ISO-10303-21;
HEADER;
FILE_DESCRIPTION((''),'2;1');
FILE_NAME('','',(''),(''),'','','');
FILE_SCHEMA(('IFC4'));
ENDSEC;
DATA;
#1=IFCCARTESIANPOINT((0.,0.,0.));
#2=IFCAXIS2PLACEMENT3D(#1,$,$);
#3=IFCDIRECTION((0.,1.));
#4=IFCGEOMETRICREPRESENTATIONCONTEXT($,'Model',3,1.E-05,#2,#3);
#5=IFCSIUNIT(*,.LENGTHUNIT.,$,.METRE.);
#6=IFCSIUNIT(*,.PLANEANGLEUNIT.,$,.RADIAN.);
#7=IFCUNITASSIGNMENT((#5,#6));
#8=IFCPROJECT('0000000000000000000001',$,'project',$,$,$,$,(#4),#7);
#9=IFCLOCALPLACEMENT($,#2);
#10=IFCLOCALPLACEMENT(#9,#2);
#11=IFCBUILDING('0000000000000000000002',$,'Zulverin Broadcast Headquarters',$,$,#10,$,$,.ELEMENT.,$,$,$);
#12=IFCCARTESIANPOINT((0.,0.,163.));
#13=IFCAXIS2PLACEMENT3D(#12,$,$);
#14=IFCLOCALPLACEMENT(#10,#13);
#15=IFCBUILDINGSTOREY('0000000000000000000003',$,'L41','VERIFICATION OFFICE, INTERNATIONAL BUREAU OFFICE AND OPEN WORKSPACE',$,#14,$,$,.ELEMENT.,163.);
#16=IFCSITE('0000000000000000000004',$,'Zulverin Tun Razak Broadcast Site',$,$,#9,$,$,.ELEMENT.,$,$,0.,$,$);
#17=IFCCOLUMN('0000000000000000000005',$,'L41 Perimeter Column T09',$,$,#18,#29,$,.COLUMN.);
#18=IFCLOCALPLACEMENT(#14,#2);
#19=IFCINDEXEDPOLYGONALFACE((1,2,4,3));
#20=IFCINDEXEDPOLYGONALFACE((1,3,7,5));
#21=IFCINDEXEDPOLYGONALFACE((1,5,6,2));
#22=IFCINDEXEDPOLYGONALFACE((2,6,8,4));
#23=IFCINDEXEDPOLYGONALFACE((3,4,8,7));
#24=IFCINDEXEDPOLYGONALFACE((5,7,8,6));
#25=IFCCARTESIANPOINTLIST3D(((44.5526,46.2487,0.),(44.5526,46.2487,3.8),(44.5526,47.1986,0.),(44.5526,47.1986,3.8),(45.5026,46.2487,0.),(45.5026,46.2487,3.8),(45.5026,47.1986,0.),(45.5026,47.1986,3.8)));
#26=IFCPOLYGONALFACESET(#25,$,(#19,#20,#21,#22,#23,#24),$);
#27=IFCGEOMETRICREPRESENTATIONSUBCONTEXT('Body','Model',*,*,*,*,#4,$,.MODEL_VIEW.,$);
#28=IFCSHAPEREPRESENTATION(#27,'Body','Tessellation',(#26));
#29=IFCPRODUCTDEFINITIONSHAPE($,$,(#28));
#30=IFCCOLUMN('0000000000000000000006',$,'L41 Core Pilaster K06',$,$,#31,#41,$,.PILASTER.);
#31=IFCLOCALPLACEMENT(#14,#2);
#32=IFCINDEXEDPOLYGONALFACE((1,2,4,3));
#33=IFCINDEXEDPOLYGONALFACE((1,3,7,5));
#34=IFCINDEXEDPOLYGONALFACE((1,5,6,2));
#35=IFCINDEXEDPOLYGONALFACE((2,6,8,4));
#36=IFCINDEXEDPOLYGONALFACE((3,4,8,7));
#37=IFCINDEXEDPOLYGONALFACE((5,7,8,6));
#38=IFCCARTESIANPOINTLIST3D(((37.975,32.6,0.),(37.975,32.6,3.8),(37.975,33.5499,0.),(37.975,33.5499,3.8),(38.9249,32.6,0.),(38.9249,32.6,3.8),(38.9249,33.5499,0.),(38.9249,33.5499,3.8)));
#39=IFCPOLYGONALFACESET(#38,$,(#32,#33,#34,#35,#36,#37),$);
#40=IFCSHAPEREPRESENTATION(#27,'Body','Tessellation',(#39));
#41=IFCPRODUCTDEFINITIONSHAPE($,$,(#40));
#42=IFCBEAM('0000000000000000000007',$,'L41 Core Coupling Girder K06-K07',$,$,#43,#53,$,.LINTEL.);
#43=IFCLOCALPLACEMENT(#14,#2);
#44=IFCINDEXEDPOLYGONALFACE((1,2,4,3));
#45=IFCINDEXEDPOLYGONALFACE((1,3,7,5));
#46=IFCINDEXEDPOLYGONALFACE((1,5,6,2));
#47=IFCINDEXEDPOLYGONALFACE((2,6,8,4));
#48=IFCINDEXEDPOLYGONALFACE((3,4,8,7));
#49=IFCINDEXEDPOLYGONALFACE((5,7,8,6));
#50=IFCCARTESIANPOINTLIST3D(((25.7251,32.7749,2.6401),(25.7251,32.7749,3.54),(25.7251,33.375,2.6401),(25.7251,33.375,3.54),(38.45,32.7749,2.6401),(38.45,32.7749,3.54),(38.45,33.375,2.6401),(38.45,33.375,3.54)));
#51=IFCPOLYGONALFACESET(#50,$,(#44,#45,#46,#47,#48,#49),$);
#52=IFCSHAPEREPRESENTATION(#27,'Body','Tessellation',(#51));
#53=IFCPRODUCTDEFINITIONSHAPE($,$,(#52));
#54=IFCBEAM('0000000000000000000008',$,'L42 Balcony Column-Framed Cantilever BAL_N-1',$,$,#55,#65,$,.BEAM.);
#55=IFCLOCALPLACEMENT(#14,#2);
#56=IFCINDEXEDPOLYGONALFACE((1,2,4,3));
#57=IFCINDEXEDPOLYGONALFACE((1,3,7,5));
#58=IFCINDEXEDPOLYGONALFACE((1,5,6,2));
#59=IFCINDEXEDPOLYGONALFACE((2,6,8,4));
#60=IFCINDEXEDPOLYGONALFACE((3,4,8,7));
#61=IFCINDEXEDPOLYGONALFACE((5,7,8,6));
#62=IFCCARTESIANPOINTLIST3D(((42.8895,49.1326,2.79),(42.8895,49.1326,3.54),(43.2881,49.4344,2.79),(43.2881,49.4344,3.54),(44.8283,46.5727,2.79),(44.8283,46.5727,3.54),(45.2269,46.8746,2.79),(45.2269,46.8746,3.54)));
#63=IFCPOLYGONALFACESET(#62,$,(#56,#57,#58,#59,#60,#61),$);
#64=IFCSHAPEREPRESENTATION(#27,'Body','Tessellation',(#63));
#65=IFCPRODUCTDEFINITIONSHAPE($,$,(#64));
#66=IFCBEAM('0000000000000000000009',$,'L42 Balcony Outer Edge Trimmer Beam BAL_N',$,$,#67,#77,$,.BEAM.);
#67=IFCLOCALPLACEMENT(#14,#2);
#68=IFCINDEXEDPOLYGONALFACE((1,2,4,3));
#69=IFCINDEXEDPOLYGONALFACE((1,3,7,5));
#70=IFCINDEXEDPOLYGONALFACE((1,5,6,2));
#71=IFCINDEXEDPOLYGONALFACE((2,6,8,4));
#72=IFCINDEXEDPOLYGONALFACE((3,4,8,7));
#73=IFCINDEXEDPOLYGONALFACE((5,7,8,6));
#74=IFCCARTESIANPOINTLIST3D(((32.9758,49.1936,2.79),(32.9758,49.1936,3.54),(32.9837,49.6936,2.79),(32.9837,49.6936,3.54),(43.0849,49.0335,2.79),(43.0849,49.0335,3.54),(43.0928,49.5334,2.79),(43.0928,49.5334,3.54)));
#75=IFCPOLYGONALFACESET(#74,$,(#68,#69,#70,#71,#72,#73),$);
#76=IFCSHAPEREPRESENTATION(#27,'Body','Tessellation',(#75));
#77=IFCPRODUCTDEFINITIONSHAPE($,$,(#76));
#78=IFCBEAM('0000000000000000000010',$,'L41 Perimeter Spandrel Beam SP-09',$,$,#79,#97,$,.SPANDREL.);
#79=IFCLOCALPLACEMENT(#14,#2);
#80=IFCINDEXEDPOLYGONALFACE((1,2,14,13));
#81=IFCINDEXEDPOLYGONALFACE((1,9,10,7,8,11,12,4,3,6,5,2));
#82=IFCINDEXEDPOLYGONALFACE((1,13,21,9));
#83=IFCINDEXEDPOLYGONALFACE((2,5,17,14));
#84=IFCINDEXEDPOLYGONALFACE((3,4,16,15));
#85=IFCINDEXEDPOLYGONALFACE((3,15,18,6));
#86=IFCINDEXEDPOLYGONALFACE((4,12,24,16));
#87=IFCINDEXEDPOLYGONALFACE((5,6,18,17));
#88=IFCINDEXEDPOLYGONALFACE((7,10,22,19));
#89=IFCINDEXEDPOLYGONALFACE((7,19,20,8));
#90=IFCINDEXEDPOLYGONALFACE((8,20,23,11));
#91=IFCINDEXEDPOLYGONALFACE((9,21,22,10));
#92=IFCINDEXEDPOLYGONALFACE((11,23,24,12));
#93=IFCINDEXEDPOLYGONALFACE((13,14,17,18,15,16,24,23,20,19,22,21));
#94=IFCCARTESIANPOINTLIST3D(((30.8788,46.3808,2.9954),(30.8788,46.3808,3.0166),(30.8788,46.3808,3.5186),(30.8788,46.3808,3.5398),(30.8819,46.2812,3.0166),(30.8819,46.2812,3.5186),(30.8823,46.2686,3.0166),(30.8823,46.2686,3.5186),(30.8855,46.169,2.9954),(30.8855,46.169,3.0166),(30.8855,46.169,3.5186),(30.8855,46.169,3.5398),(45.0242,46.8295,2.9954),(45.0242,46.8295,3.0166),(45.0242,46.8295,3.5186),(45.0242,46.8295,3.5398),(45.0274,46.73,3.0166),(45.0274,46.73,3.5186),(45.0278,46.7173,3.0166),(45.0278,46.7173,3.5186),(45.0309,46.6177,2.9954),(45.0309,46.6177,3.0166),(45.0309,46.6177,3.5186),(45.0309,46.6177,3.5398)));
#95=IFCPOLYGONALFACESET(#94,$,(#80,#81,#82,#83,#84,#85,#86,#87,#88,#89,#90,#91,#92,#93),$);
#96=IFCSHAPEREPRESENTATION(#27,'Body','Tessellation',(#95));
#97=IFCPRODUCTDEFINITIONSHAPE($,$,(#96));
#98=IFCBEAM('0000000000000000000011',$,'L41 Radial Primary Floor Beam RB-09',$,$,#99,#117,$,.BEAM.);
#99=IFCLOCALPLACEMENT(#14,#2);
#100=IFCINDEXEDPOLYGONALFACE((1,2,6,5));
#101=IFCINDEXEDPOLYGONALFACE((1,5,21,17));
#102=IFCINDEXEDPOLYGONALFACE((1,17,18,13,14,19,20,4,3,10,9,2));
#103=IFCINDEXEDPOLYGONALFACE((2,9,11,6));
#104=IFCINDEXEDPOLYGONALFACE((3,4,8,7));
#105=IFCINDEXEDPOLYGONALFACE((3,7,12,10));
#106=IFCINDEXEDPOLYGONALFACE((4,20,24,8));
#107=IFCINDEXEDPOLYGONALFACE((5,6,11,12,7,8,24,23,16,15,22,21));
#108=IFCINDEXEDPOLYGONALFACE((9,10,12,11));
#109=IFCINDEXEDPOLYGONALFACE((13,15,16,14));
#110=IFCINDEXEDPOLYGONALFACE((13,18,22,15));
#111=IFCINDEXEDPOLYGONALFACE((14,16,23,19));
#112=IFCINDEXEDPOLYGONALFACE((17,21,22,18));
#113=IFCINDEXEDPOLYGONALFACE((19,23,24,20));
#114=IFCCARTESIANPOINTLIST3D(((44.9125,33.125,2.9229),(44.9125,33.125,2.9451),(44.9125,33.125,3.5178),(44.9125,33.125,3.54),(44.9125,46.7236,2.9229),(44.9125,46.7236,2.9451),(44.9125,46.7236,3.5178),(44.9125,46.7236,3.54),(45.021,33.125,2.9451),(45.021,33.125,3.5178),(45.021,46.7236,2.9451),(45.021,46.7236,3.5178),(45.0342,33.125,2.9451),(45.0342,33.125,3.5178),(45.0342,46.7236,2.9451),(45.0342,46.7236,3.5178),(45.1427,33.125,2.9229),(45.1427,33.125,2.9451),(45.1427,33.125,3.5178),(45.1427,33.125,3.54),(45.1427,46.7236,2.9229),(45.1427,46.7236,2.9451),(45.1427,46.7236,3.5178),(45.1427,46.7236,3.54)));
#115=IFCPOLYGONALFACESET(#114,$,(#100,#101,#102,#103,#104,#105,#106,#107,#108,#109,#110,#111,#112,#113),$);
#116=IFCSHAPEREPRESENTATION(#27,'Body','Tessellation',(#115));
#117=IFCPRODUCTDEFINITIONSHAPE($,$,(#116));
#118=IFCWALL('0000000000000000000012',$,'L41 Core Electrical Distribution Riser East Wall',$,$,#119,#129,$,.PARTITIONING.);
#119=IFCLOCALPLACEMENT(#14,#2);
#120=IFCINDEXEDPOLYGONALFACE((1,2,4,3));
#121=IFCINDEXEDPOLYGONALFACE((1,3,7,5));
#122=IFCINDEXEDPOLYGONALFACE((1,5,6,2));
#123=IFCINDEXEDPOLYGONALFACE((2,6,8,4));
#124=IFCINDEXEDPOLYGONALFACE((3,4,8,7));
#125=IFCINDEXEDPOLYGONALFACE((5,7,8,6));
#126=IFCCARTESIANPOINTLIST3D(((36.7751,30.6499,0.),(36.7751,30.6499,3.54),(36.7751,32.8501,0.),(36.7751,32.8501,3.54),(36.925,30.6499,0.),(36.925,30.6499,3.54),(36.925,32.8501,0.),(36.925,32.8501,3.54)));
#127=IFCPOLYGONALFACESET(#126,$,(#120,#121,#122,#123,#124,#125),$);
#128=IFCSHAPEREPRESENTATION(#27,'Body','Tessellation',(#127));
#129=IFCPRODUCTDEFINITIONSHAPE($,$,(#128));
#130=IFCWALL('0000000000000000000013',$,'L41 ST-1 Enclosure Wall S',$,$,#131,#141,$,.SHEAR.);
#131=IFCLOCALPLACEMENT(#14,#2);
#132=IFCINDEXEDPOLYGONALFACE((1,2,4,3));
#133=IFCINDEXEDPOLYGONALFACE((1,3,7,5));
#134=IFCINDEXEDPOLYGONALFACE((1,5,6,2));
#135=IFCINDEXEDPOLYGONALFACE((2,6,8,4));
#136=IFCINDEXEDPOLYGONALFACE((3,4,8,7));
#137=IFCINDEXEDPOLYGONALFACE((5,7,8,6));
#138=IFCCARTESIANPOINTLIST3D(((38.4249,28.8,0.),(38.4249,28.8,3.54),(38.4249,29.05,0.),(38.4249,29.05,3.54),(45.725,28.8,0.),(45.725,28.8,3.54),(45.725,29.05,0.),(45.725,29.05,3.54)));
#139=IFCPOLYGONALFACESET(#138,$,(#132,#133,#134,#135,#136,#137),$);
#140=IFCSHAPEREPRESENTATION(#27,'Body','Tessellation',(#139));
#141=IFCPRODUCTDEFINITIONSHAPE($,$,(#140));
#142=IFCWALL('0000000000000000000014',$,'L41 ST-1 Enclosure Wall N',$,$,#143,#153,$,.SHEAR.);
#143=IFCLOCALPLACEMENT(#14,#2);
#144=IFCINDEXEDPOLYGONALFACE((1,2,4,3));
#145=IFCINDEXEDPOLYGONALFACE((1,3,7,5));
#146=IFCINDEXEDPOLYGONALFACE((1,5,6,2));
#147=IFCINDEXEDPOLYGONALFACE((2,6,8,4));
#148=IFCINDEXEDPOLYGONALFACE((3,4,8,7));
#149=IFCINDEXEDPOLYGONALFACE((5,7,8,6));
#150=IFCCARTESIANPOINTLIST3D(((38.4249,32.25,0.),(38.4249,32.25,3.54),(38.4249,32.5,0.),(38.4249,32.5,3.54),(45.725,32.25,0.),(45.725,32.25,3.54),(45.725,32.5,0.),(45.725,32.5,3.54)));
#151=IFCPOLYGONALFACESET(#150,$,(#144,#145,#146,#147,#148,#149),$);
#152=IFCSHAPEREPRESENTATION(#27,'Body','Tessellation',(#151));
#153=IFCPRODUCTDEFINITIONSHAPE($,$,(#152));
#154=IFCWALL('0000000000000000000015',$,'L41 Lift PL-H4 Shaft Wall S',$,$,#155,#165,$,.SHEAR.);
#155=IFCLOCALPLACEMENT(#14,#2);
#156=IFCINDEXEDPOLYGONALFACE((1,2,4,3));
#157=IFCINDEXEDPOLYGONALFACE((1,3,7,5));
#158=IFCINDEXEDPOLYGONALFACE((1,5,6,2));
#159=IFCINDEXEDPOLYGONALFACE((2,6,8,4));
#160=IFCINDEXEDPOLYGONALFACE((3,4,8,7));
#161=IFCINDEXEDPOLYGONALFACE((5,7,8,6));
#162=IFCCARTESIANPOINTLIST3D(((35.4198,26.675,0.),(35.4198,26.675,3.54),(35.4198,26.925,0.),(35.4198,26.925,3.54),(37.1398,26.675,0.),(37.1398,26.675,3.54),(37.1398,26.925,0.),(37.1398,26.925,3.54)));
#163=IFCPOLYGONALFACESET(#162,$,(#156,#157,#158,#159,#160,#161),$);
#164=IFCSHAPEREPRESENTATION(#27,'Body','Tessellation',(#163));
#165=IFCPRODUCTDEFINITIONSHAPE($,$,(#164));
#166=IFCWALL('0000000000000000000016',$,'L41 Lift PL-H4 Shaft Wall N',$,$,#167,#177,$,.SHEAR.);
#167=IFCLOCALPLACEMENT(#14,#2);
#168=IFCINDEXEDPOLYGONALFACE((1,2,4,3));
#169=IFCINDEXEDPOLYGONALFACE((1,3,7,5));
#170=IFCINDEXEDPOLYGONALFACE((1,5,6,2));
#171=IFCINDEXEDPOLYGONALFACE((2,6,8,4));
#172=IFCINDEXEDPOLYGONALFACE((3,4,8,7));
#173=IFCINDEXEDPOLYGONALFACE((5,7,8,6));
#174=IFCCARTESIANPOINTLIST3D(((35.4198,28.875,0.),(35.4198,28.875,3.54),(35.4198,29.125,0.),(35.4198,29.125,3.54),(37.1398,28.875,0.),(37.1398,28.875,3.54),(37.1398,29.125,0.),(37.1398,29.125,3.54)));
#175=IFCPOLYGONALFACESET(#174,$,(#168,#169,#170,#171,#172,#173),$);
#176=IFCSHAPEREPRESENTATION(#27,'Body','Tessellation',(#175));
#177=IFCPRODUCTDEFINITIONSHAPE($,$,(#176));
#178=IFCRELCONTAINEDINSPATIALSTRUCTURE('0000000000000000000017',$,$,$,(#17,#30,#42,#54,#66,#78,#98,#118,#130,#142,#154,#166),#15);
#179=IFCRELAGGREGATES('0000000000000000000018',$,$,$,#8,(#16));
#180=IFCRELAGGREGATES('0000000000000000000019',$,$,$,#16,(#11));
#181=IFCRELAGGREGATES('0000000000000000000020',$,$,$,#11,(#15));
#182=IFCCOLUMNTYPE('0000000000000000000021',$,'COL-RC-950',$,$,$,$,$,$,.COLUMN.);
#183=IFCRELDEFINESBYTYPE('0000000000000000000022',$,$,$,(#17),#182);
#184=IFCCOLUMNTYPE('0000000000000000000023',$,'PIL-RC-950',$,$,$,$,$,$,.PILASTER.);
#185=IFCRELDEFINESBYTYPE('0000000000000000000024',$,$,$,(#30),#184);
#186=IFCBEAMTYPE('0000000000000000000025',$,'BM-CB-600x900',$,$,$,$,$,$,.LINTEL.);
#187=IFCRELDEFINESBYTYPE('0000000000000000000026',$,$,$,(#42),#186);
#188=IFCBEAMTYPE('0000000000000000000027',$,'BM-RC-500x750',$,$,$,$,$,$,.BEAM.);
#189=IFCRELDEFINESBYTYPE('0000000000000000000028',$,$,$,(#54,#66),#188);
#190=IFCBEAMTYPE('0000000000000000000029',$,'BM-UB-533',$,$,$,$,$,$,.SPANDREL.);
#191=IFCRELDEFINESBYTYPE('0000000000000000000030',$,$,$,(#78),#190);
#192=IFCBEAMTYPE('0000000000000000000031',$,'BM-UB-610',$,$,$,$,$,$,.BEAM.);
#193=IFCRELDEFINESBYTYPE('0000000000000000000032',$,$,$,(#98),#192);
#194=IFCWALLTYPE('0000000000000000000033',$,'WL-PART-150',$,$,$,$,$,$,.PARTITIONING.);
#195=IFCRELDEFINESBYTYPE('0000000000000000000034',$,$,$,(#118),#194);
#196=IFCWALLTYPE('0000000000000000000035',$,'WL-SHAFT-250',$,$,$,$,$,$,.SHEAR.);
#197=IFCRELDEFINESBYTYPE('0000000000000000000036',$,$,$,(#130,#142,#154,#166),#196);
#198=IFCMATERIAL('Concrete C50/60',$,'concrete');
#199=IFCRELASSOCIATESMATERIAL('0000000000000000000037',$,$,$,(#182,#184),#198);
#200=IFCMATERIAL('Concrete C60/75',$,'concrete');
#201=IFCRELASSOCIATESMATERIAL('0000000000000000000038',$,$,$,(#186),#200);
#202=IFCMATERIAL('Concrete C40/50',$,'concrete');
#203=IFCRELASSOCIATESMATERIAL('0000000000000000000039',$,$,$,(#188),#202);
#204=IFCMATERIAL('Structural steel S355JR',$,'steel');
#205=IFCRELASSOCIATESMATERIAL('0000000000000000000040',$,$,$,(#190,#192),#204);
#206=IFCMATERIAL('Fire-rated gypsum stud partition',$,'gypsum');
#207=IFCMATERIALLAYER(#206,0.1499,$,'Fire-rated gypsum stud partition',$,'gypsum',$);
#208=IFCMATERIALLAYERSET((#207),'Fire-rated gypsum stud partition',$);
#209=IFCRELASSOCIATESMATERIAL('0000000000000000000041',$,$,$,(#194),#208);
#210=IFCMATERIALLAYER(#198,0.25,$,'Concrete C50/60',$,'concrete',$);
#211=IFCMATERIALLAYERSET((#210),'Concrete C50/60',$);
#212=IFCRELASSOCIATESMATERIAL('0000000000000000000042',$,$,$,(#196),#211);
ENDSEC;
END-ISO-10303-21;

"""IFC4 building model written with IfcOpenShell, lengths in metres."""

from ifc_helpers import new_model, si_unit, direction, frame, frame_2d, origin, origin_2d, place, context, subcontext, project, spatial, rectangle, i_section, extrude, material, layer, layer_set, material_profile, profile_set, type_object, element, save


model = new_model("IFC4")

# Units and contexts
model_context = context("Model", 3, precision=1e-05, world=origin(), true_north=direction((0.0, 1.0)))
body_context = subcontext(model_context, "Body", "Model", "MODEL_VIEW")
ifc_project = project(units=[si_unit("LENGTHUNIT", "METRE"), si_unit("PLANEANGLEUNIT", "RADIAN")], contexts=[model_context])

# Site, building, storey
site_placement = place(None, origin())
site = spatial("IfcSite", under=ifc_project, at=site_placement, Name="Zulverin Tun Razak Broadcast Site", CompositionType="ELEMENT", RefElevation=0.0)
building_placement = place(site_placement, origin())
building = spatial("IfcBuilding", under=site, at=building_placement, Name="Zulverin Broadcast Headquarters", CompositionType="ELEMENT")
storey_placement = place(building_placement, frame((0.0, 0.0, 163.0)))
storey = spatial("IfcBuildingStorey", under=building, at=storey_placement, Name="L41", Description="VERIFICATION OFFICE, INTERNATIONAL BUREAU OFFICE AND OPEN WORKSPACE", CompositionType="ELEMENT", Elevation=163.0)

# Columns
ifc_material_1 = material(Name="Concrete C50/60", Category="concrete")
ifc_material_profile_1 = material_profile(ifc_material_1, rectangle(XDim=0.95, YDim=0.95, at=origin_2d()), Name="Concrete C50/60", Category="concrete")
ifc_profile_set_1 = profile_set([ifc_material_profile_1], Name="Concrete C50/60")
column_type_1 = type_object("IfcColumnType", Name="COL-RC-950", PredefinedType="COLUMN", material=ifc_profile_set_1)
column_1_placement = place(storey_placement, frame((45.0276, 46.7236, 0.0), z_axis=(0.0, 0.0, 1.0), x_axis=(1.0, 0.0, 0.0)))
element("IfcColumn", 1, at=column_1_placement, inside=storey, type_object=column_type_1, Name="L41 Perimeter Column T09", PredefinedType="COLUMN", context=body_context, shape_type="SweptSolid", body=[
    extrude(rectangle(XDim=0.95, YDim=0.95, at=origin_2d()), origin(), (0.0, 0.0, 1.0), 3.8),
])
ifc_material_profile_2 = material_profile(ifc_material_1, rectangle(XDim=0.95, YDim=0.95, at=origin_2d()), Name="Concrete C50/60", Category="concrete")
ifc_profile_set_2 = profile_set([ifc_material_profile_2], Name="Concrete C50/60")
column_type_2 = type_object("IfcColumnType", Name="PIL-RC-950", PredefinedType="PILASTER", material=ifc_profile_set_2)
column_2_placement = place(storey_placement, frame((38.45, 33.075, 0.0), z_axis=(0.0, 0.0, 1.0), x_axis=(1.0, 0.0, 0.0)))
element("IfcColumn", 2, at=column_2_placement, inside=storey, type_object=column_type_2, Name="L41 Core Pilaster K06", PredefinedType="PILASTER", context=body_context, shape_type="SweptSolid", body=[
    extrude(rectangle(XDim=0.95, YDim=0.95, at=origin_2d()), origin(), (0.0, 0.0, 1.0), 3.8),
])

# Beams
ifc_material_2 = material(Name="Concrete C60/75", Category="concrete")
ifc_material_profile_3 = material_profile(ifc_material_2, rectangle(XDim=0.6001, YDim=0.8999, at=origin_2d()), Name="Concrete C60/75", Category="concrete")
ifc_profile_set_3 = profile_set([ifc_material_profile_3], Name="Concrete C60/75")
beam_type_1 = type_object("IfcBeamType", Name="BM-CB-600x900", PredefinedType="LINTEL", material=ifc_profile_set_3)
beam_1_placement = place(storey_placement, frame((38.45, 33.075, 3.0901), z_axis=(-1.0, 0.0, 0.0), x_axis=(0.0, -1.0, 0.0)))
element("IfcBeam", 3, at=beam_1_placement, inside=storey, type_object=beam_type_1, Name="L41 Core Coupling Girder K06-K07", PredefinedType="LINTEL", context=body_context, shape_type="SweptSolid", body=[
    extrude(rectangle(XDim=0.6001, YDim=0.8999, at=origin_2d()), origin(), (0.0, 0.0, 1.0), 12.7249),
])
ifc_material_3 = material(Name="Concrete C40/50", Category="concrete")
ifc_material_profile_4 = material_profile(ifc_material_3, rectangle(XDim=0.5, YDim=0.75, at=origin_2d()), Name="Concrete C40/50", Category="concrete")
ifc_profile_set_4 = profile_set([ifc_material_profile_4], Name="Concrete C40/50")
beam_type_2 = type_object("IfcBeamType", Name="BM-RC-500x750", PredefinedType="BEAM", material=ifc_profile_set_4)
beam_2_placement = place(storey_placement, frame((45.0276, 46.7236, 3.165), z_axis=(-0.603752, 0.797172, 0.0), x_axis=(-0.797172, -0.603752, 0.0)))
element("IfcBeam", 4, at=beam_2_placement, inside=storey, type_object=beam_type_2, Name="L42 Balcony Column-Framed Cantilever BAL_N-1", PredefinedType="BEAM", context=body_context, shape_type="SweptSolid", body=[
    extrude(rectangle(XDim=0.5, YDim=0.75, at=origin_2d()), origin(), (0.0, 0.0, 1.0), 3.2112),
])
beam_3_placement = place(storey_placement, frame((43.0889, 49.2834, 3.165), z_axis=(-0.999875, 0.015841, 0.0), x_axis=(-0.015841, -0.999875, 0.0)))
element("IfcBeam", 5, at=beam_3_placement, inside=storey, type_object=beam_type_2, Name="L42 Balcony Outer Edge Trimmer Beam BAL_N", PredefinedType="BEAM", context=body_context, shape_type="SweptSolid", body=[
    extrude(rectangle(XDim=0.5, YDim=0.75, at=origin_2d()), origin(), (0.0, 0.0, 1.0), 10.1104),
])
ifc_material_4 = material(Name="Structural steel S355JR", Category="steel")
ifc_material_profile_5 = material_profile(ifc_material_4, i_section(OverallWidth=0.2119, OverallDepth=0.5444, WebThickness=0.0127, FlangeThickness=0.0212, at=origin_2d()), Name="Structural steel S355JR", Category="steel")
ifc_profile_set_5 = profile_set([ifc_material_profile_5], Name="Structural steel S355JR")
beam_type_3 = type_object("IfcBeamType", Name="BM-UB-533", PredefinedType="SPANDREL", material=ifc_profile_set_5)
beam_4_placement = place(storey_placement, frame((45.0276, 46.7236, 3.2676), z_axis=(-0.999497, -0.031707, 0.0), x_axis=(0.031707, -0.999497, 0.0)))
element("IfcBeam", 6, at=beam_4_placement, inside=storey, type_object=beam_type_3, Name="L41 Perimeter Spandrel Beam SP-09", PredefinedType="SPANDREL", context=body_context, shape_type="SweptSolid", body=[
    extrude(i_section(OverallWidth=0.2119, OverallDepth=0.5444, WebThickness=0.0127, FlangeThickness=0.0212, at=origin_2d()), origin(), (0.0, 0.0, 1.0), 14.1526),
])
ifc_material_profile_6 = material_profile(ifc_material_4, i_section(OverallWidth=0.2302, OverallDepth=0.6172, WebThickness=0.0132, FlangeThickness=0.0222, at=origin_2d()), Name="Structural steel S355JR", Category="steel")
ifc_profile_set_6 = profile_set([ifc_material_profile_6], Name="Structural steel S355JR")
beam_type_4 = type_object("IfcBeamType", Name="BM-UB-610", PredefinedType="BEAM", material=ifc_profile_set_6)
beam_5_placement = place(storey_placement, frame((45.0276, 33.125, 3.2314), z_axis=(0.0, 1.0, 0.0), x_axis=(-1.0, 0.0, 0.0)))
element("IfcBeam", 7, at=beam_5_placement, inside=storey, type_object=beam_type_4, Name="L41 Radial Primary Floor Beam RB-09", PredefinedType="BEAM", context=body_context, shape_type="SweptSolid", body=[
    extrude(i_section(OverallWidth=0.2302, OverallDepth=0.6172, WebThickness=0.0132, FlangeThickness=0.0222, at=origin_2d()), origin(), (0.0, 0.0, 1.0), 13.5986),
])

# Walls
ifc_material_5 = material(Name="Fire-rated gypsum stud partition", Category="gypsum")
ifc_layer_1 = layer(ifc_material_5, 0.1499, Name="Fire-rated gypsum stud partition", Category="gypsum")
ifc_layer_set_1 = layer_set([ifc_layer_1], Name="Fire-rated gypsum stud partition")
wall_type_1 = type_object("IfcWallType", Name="WL-PART-150", PredefinedType="PARTITIONING", material=ifc_layer_set_1)
wall_1_placement = place(storey_placement, frame((36.8501, 30.6499, 0.0), z_axis=(0.0, 0.0, 1.0), x_axis=(0.0, 1.0, 0.0)))
element("IfcWall", 8, at=wall_1_placement, inside=storey, type_object=wall_type_1, Name="L41 Core Electrical Distribution Riser East Wall", PredefinedType="PARTITIONING", context=body_context, shape_type="SweptSolid", body=[
    extrude(rectangle(XDim=2.2002, YDim=0.1499, at=frame_2d((1.1001, 0.0))), origin(), (0.0, 0.0, 1.0), 3.54),
])
ifc_layer_2 = layer(ifc_material_1, 0.25, Name="Concrete C50/60", Category="concrete")
ifc_layer_set_2 = layer_set([ifc_layer_2], Name="Concrete C50/60")
wall_type_2 = type_object("IfcWallType", Name="WL-SHAFT-250", PredefinedType="SHEAR", material=ifc_layer_set_2)
for number, where, z_axis, x_axis, name in (
    (9, (38.425, 28.925, 0.0), (0.0, 0.0, 1.0), (1.0, 0.0, 0.0), "L41 ST-1 Enclosure Wall S"),
    (10, (38.425, 32.375, 0.0), (0.0, 0.0, 1.0), (1.0, 0.0, 0.0), "L41 ST-1 Enclosure Wall N"),
):
    element("IfcWall", number, at=place(storey_placement, frame(where, z_axis=z_axis, x_axis=x_axis)), inside=storey, type_object=wall_type_2, Name=name, PredefinedType="SHEAR", context=body_context, shape_type="SweptSolid", body=[
        extrude(rectangle(XDim=7.3, YDim=0.25, at=frame_2d((3.6499, 0.0))), origin(), (0.0, 0.0, 1.0), 3.54),
    ])

# Walls
for number, where, z_axis, x_axis, name in (
    (11, (35.4199, 26.8, 0.0), (0.0, 0.0, 1.0), (1.0, 0.0, 0.0), "L41 Lift PL-H4 Shaft Wall S"),
    (12, (35.4199, 29.0, 0.0), (0.0, 0.0, 1.0), (1.0, 0.0, 0.0), "L41 Lift PL-H4 Shaft Wall N"),
):
    element("IfcWall", number, at=place(storey_placement, frame(where, z_axis=z_axis, x_axis=x_axis)), inside=storey, type_object=wall_type_2, Name=name, PredefinedType="SHEAR", context=body_context, shape_type="SweptSolid", body=[
        extrude(rectangle(XDim=1.72, YDim=0.25, at=frame_2d((0.8599, 0.0))), origin(), (0.0, 0.0, 1.0), 3.54),
    ])

save(model, "model.ifc")
